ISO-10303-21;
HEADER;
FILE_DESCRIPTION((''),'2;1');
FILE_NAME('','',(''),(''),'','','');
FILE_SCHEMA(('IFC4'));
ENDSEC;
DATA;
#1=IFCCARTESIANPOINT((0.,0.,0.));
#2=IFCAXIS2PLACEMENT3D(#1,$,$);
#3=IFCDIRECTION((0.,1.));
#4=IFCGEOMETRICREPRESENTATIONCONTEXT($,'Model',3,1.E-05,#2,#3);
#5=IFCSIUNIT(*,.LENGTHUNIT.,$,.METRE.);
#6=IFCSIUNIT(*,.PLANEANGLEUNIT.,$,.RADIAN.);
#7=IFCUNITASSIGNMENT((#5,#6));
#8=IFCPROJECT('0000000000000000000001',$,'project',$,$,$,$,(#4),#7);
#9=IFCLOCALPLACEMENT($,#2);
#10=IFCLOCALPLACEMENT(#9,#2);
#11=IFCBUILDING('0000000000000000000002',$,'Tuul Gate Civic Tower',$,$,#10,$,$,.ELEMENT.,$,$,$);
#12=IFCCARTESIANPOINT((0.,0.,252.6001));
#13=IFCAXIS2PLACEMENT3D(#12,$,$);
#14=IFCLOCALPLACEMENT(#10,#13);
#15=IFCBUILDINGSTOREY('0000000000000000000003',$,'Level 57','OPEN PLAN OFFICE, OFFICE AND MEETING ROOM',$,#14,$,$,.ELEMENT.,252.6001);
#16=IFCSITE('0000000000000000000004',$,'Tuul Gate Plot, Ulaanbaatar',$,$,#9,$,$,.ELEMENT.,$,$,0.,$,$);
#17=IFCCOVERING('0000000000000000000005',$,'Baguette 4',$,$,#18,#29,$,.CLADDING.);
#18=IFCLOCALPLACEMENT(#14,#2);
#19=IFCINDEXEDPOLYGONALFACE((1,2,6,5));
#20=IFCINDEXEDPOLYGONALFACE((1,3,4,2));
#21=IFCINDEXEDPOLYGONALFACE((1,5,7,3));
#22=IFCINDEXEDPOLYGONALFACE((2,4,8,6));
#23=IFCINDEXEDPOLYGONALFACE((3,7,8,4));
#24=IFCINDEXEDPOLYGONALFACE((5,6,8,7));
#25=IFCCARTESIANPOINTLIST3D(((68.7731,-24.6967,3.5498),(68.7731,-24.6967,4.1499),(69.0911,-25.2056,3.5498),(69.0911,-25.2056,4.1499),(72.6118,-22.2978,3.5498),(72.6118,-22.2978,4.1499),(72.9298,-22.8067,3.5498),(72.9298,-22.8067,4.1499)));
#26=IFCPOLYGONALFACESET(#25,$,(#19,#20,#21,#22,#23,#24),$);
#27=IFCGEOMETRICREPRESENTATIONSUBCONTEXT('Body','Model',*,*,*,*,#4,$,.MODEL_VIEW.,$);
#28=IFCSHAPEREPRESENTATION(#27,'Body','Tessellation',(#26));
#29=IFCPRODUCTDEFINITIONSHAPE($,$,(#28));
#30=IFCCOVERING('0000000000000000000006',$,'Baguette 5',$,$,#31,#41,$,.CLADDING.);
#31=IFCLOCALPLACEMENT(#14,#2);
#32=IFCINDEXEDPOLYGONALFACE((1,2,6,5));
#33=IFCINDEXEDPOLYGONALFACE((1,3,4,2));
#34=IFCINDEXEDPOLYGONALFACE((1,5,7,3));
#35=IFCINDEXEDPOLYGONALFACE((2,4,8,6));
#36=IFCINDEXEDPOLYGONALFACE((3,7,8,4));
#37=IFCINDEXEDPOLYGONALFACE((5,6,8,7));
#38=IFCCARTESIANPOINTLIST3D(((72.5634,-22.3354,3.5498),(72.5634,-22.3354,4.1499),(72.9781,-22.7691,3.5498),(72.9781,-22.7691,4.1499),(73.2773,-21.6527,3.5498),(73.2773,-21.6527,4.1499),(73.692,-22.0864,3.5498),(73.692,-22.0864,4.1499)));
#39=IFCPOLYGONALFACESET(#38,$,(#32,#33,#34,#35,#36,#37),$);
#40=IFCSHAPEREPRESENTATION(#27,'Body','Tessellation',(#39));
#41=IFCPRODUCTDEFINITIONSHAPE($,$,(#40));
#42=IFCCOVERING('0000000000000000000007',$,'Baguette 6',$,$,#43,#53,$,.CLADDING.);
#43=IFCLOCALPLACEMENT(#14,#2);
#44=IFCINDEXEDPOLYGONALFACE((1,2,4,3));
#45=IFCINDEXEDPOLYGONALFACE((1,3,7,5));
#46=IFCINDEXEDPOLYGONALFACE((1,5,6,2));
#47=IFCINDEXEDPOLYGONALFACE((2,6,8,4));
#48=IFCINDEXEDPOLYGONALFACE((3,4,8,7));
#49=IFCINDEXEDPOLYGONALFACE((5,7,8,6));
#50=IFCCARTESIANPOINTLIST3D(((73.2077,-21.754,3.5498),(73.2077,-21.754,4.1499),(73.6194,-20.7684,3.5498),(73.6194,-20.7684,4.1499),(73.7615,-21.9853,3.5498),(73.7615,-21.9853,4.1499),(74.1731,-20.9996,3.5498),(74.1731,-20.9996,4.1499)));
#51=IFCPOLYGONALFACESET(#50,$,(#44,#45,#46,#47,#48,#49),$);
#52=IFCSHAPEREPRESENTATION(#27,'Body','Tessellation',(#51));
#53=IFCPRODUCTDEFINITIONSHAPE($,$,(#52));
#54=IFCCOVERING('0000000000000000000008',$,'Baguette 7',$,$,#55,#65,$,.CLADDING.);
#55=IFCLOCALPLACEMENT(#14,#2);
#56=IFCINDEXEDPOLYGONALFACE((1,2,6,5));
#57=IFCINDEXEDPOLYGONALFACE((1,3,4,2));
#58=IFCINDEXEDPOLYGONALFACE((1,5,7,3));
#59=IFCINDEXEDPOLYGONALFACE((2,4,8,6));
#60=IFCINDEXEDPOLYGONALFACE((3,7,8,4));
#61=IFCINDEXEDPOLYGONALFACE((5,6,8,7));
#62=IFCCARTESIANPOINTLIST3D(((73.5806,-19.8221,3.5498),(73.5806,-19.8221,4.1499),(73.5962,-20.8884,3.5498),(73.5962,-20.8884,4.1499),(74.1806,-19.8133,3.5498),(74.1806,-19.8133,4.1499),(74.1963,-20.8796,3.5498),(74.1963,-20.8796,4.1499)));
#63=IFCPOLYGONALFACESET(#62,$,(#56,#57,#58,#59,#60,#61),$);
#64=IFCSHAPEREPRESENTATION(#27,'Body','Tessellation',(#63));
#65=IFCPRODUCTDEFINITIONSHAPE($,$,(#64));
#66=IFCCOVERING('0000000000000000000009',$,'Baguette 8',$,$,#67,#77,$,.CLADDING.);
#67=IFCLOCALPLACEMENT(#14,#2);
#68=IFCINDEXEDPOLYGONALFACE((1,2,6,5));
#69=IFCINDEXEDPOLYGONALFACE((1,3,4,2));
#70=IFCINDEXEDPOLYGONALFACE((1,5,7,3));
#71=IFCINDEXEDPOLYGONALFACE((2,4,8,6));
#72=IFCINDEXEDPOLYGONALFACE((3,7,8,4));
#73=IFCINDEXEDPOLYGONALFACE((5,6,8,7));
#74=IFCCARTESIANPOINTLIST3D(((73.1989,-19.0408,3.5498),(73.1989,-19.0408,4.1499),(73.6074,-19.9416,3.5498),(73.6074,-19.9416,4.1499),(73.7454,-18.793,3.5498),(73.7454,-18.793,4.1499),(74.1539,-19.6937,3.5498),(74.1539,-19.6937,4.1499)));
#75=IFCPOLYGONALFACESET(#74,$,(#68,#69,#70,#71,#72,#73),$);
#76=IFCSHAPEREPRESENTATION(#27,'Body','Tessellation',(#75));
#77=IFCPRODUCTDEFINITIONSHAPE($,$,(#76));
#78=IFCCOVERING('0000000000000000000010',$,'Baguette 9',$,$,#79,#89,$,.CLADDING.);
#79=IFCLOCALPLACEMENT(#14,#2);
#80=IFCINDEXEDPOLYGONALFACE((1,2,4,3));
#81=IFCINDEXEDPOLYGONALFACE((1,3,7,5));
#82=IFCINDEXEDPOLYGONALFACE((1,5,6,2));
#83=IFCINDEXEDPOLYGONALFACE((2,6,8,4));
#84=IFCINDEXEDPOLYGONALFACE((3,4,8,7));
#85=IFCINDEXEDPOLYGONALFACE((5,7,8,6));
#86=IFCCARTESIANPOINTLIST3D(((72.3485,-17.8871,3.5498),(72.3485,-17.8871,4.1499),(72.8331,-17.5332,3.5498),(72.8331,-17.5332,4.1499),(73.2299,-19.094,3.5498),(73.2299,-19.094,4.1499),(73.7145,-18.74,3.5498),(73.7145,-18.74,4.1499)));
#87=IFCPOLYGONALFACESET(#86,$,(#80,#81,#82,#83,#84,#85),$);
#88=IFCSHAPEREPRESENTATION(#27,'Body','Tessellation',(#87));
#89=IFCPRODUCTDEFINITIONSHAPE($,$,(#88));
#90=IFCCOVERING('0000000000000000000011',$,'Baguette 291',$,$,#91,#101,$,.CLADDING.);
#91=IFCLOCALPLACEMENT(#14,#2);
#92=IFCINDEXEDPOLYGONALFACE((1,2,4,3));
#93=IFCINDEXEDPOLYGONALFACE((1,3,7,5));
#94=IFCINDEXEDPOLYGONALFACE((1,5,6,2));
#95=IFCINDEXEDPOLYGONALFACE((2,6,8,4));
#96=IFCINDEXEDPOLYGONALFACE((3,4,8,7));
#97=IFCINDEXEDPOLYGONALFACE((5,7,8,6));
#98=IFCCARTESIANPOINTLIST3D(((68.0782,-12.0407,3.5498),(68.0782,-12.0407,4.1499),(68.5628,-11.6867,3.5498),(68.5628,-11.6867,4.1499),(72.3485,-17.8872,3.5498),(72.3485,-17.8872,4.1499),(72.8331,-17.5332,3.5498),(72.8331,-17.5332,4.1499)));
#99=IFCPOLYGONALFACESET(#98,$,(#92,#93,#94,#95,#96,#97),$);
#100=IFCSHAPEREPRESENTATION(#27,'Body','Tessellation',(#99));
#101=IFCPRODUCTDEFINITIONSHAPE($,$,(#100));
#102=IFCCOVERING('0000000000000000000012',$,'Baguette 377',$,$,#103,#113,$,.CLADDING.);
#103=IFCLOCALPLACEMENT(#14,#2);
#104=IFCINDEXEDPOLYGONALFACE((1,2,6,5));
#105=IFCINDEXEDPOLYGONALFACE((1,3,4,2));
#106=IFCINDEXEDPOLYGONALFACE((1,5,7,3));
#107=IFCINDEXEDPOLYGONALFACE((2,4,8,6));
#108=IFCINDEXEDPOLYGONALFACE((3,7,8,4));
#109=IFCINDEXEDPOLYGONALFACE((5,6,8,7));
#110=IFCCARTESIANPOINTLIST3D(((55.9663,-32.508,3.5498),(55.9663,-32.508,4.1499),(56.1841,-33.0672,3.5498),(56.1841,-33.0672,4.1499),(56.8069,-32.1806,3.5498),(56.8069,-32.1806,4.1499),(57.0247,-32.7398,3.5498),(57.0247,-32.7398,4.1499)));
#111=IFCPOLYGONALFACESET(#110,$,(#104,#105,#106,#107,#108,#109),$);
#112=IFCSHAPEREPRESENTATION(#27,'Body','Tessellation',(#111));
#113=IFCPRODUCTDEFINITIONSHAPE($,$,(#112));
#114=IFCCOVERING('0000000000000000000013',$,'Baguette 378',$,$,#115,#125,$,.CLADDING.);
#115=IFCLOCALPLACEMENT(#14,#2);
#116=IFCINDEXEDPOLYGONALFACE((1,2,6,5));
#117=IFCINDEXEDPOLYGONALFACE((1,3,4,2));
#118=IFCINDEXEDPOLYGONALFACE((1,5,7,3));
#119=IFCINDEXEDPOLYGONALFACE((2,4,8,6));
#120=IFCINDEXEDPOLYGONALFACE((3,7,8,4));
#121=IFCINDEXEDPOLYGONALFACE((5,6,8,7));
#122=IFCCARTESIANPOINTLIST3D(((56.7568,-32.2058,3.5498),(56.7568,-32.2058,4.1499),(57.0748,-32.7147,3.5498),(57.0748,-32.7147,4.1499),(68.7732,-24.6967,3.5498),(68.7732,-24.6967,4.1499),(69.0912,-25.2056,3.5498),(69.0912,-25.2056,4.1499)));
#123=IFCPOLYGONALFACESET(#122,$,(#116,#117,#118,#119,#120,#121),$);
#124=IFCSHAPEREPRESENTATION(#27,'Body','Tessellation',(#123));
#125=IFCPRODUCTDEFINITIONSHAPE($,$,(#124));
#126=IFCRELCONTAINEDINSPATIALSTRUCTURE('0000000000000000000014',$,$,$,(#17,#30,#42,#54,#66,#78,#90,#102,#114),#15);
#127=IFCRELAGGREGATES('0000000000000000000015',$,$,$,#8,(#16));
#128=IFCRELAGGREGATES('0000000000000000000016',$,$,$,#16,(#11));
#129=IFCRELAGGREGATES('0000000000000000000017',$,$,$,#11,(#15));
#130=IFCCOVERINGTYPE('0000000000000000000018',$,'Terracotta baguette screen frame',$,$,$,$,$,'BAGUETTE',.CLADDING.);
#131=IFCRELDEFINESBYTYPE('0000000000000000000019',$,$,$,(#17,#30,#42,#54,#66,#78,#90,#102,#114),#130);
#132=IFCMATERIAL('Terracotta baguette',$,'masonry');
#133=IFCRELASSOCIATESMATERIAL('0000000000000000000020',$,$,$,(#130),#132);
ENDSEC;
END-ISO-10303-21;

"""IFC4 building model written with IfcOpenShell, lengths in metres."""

from ifc_helpers import new_model, si_unit, direction, frame, origin, origin_2d, place, context, subcontext, project, spatial, rectangle, extrude, material, material_profile, profile_set, type_object, element, save


model = new_model("IFC4")

# Units and contexts
model_context = context("Model", 3, precision=1e-05, world=origin(), true_north=direction((0.0, 1.0)))
body_context = subcontext(model_context, "Body", "Model", "MODEL_VIEW")
ifc_project = project(units=[si_unit("LENGTHUNIT", "METRE"), si_unit("PLANEANGLEUNIT", "RADIAN")], contexts=[model_context])

# Site, building, storey
site_placement = place(None, origin())
site = spatial("IfcSite", under=ifc_project, at=site_placement, Name="Tuul Gate Plot, Ulaanbaatar", CompositionType="ELEMENT", RefElevation=0.0)
building_placement = place(site_placement, origin())
building = spatial("IfcBuilding", under=site, at=building_placement, Name="Tuul Gate Civic Tower", CompositionType="ELEMENT")
storey_placement = place(building_placement, frame((0.0, 0.0, 252.6001)))
storey = spatial("IfcBuildingStorey", under=building, at=storey_placement, Name="Level 57", Description="OPEN PLAN OFFICE, OFFICE AND MEETING ROOM", CompositionType="ELEMENT", Elevation=252.6001)

# Coverings
ifc_material_1 = material(Name="Terracotta baguette", Category="masonry")
ifc_material_profile_1 = material_profile(ifc_material_1, rectangle(XDim=0.6001, YDim=0.6001, at=origin_2d()), Name="Terracotta baguette screen frame")
ifc_profile_set_1 = profile_set([ifc_material_profile_1], Name="Terracotta baguette")
covering_type = type_object("IfcCoveringType", Name="Terracotta baguette screen frame", ElementType="BAGUETTE", PredefinedType="CLADDING", material=ifc_profile_set_1)
covering_1_placement = place(storey_placement, frame((68.9321, -24.9512, 3.8499), z_axis=(0.84802, 0.529965, 0.0), x_axis=(-0.529965, 0.84802, 0.0)))
element("IfcCovering", 1, at=covering_1_placement, inside=storey, type_object=covering_type, Name="Baguette 4", PredefinedType="CLADDING", context=body_context, shape_type="SweptSolid", body=[
    extrude(rectangle(XDim=0.6001, YDim=0.6001, at=origin_2d()), origin(), (0.0, 0.0, 1.0), 4.5266),
])
covering_2_placement = place(storey_placement, frame((72.7708, -22.5522, 3.8499), z_axis=(0.722749, 0.69111, 0.0), x_axis=(-0.69111, 0.722749, 0.0)))
element("IfcCovering", 2, at=covering_2_placement, inside=storey, type_object=covering_type, Name="Baguette 5", PredefinedType="CLADDING", context=body_context, shape_type="SweptSolid", body=[
    extrude(rectangle(XDim=0.6001, YDim=0.6001, at=origin_2d()), origin(), (0.0, 0.0, 1.0), 0.9878),
])
covering_3_placement = place(storey_placement, frame((73.4846, -21.8696, 3.8499), z_axis=(0.385378, 0.922759, 0.0), x_axis=(-0.922759, 0.385378, 0.0)))
element("IfcCovering", 3, at=covering_3_placement, inside=storey, type_object=covering_type, Name="Baguette 6", PredefinedType="CLADDING", context=body_context, shape_type="SweptSolid", body=[
    extrude(rectangle(XDim=0.6001, YDim=0.6001, at=origin_2d()), origin(), (0.0, 0.0, 1.0), 1.0681),
])
covering_4_placement = place(storey_placement, frame((73.8962, -20.884, 3.8499), z_axis=(-0.01465, 0.999893, 0.0), x_axis=(-0.999893, -0.01465, 0.0)))
element("IfcCovering", 4, at=covering_4_placement, inside=storey, type_object=covering_type, Name="Baguette 7", PredefinedType="CLADDING", context=body_context, shape_type="SweptSolid", body=[
    extrude(rectangle(XDim=0.6001, YDim=0.6001, at=origin_2d()), origin(), (0.0, 0.0, 1.0), 1.0664),
])
covering_5_placement = place(storey_placement, frame((73.8806, -19.8176, 3.8499), z_axis=(-0.413022, 0.910721, 0.0), x_axis=(-0.910721, -0.413022, 0.0)))
element("IfcCovering", 5, at=covering_5_placement, inside=storey, type_object=covering_type, Name="Baguette 8", PredefinedType="CLADDING", context=body_context, shape_type="SweptSolid", body=[
    extrude(rectangle(XDim=0.6001, YDim=0.6001, at=origin_2d()), origin(), (0.0, 0.0, 1.0), 0.989),
])
covering_6_placement = place(storey_placement, frame((73.4722, -18.917, 3.8499), z_axis=(-0.589783, 0.807562, 0.0), x_axis=(-0.807562, -0.589783, 0.0)))
element("IfcCovering", 6, at=covering_6_placement, inside=storey, type_object=covering_type, Name="Baguette 9", PredefinedType="CLADDING", context=body_context, shape_type="SweptSolid", body=[
    extrude(rectangle(XDim=0.6001, YDim=0.6001, at=origin_2d()), origin(), (0.0, 0.0, 1.0), 1.4944),
])
covering_7_placement = place(storey_placement, frame((72.5908, -17.7102, 3.8499), z_axis=(-0.589825, 0.807531, 0.0), x_axis=(-0.807531, -0.589825, 0.0)))
element("IfcCovering", 7, at=covering_7_placement, inside=storey, type_object=covering_type, Name="Baguette 291", PredefinedType="CLADDING", context=body_context, shape_type="SweptSolid", body=[
    extrude(rectangle(XDim=0.6001, YDim=0.6001, at=origin_2d()), origin(), (0.0, 0.0, 1.0), 7.24),
])
covering_8_placement = place(storey_placement, frame((56.0752, -32.7876, 3.8499), z_axis=(0.931817, 0.362929, 0.0), x_axis=(-0.362929, 0.931817, 0.0)))
element("IfcCovering", 8, at=covering_8_placement, inside=storey, type_object=covering_type, Name="Baguette 377", PredefinedType="CLADDING", context=body_context, shape_type="SweptSolid", body=[
    extrude(rectangle(XDim=0.6001, YDim=0.6001, at=origin_2d()), origin(), (0.0, 0.0, 1.0), 0.9021),
])
covering_9_placement = place(storey_placement, frame((56.9158, -32.4602, 3.8499), z_axis=(0.848036, 0.529939, 0.0), x_axis=(-0.529939, 0.848036, 0.0)))
element("IfcCovering", 9, at=covering_9_placement, inside=storey, type_object=covering_type, Name="Baguette 378", PredefinedType="CLADDING", context=body_context, shape_type="SweptSolid", body=[
    extrude(rectangle(XDim=0.6001, YDim=0.6001, at=origin_2d()), origin(), (0.0, 0.0, 1.0), 14.1697),
])

save(model, "model.ifc")
